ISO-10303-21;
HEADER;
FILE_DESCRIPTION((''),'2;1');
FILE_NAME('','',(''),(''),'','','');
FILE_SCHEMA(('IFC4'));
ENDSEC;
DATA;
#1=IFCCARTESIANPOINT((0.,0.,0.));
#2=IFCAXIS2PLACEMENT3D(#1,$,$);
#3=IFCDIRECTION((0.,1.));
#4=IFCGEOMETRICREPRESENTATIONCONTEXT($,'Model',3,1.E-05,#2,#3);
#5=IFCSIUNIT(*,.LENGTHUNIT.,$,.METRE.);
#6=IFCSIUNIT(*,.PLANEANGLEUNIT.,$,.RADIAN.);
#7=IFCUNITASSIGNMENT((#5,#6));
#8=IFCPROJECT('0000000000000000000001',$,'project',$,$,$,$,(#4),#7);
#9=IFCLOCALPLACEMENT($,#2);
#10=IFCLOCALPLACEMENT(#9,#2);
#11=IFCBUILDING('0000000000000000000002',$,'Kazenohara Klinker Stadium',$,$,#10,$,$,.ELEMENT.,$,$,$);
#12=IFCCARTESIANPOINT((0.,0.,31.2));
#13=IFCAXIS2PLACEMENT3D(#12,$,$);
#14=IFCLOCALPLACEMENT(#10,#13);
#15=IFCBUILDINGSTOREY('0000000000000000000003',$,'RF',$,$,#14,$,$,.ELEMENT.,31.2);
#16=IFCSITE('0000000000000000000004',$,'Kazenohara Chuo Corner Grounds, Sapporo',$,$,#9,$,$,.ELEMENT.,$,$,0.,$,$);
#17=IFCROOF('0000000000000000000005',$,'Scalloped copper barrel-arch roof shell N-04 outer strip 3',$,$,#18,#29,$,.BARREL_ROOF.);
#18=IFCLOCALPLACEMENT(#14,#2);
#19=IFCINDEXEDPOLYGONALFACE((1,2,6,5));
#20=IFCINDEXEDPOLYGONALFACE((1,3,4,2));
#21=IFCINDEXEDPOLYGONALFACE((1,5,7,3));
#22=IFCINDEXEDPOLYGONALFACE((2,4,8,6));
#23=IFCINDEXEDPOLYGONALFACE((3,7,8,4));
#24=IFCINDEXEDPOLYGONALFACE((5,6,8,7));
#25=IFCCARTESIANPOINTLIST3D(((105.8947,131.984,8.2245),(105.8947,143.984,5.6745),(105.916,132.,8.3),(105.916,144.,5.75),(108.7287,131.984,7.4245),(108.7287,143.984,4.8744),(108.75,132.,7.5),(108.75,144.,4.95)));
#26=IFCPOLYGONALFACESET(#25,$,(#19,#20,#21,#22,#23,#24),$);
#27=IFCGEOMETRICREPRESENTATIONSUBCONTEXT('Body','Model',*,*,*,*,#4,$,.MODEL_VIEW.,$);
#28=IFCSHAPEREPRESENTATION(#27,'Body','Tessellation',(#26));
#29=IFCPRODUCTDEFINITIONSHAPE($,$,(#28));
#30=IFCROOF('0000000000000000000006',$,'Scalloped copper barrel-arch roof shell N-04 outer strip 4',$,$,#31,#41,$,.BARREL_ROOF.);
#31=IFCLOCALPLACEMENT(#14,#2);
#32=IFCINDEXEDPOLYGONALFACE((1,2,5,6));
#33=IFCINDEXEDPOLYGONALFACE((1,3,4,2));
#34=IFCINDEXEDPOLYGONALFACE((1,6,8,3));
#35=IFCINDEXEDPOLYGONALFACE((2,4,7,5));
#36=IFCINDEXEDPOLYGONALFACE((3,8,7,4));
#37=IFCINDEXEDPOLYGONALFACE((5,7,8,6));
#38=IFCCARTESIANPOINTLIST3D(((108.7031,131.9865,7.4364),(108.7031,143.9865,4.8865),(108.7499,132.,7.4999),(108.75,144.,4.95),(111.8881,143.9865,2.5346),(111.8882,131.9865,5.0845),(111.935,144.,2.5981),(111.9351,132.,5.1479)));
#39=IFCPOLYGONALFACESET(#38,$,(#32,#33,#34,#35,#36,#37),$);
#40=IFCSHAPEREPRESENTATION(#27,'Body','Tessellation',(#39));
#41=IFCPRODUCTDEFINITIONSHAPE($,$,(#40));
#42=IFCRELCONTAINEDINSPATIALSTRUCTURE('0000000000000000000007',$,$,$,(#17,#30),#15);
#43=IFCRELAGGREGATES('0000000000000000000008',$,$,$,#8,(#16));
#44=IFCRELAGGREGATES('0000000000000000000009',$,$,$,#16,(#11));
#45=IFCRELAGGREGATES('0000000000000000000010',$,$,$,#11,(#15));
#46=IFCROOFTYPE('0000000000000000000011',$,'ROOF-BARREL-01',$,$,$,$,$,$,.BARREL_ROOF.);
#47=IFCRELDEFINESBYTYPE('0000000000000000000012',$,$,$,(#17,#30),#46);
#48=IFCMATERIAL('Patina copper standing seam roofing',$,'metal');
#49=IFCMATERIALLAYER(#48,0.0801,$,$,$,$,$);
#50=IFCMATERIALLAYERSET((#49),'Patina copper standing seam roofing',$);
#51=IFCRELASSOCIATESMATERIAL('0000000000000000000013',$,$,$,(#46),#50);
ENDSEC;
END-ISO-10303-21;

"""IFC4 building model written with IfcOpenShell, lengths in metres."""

from ifc_helpers import new_model, si_unit, direction, frame, origin, place, context, subcontext, project, spatial, polyline, outline, extrude, material, layer, layer_set, type_object, element, save


model = new_model("IFC4")

# Units and contexts
model_context = context("Model", 3, precision=1e-05, world=origin(), true_north=direction((0.0, 1.0)))
body_context = subcontext(model_context, "Body", "Model", "MODEL_VIEW")
ifc_project = project(units=[si_unit("LENGTHUNIT", "METRE"), si_unit("PLANEANGLEUNIT", "RADIAN")], contexts=[model_context])

# Site, building, storey
site_placement = place(None, origin())
site = spatial("IfcSite", under=ifc_project, at=site_placement, Name="Kazenohara Chuo Corner Grounds, Sapporo", CompositionType="ELEMENT", RefElevation=0.0)
building_placement = place(site_placement, origin())
building = spatial("IfcBuilding", under=site, at=building_placement, Name="Kazenohara Klinker Stadium", CompositionType="ELEMENT")
storey_placement = place(building_placement, frame((0.0, 0.0, 31.2)))
storey = spatial("IfcBuildingStorey", under=building, at=storey_placement, Name="RF", CompositionType="ELEMENT", Elevation=31.2)

# Roofs
ifc_material_1 = material(Name="Patina copper standing seam roofing", Category="metal")
ifc_layer_1 = layer(ifc_material_1, 0.0801)
ifc_layer_set_1 = layer_set([ifc_layer_1], Name="Patina copper standing seam roofing")
roof_type = type_object("IfcRoofType", Name="ROOF-BARREL-01", PredefinedType="BARREL_ROOF", material=ifc_layer_set_1)
roof_1_placement = place(storey_placement, frame((105.916, 144.0, 5.75), z_axis=(0.266177, 0.200364, 0.94287), x_axis=(0.0, -0.978158, 0.207863)))
element("IfcRoof", 1, at=roof_1_placement, inside=storey, type_object=roof_type, Name="Scalloped copper barrel-arch roof shell N-04 outer strip 3", PredefinedType="BARREL_ROOF", context=body_context, shape_type="SweptSolid", body=[
    extrude(outline(polyline([(0.0, 0.0), (12.268, 0.0), (12.1017, 2.94), (-0.1663, 2.94), (0.0, 0.0)])), origin(), (0.0, 0.0, -1.0), 0.0801),
])
roof_2_placement = place(storey_placement, frame((108.75, 144.0, 4.95), z_axis=(0.585531, 0.168496, 0.792945), x_axis=(-0.000005, -0.978159, 0.207856)))
element("IfcRoof", 2, at=roof_2_placement, inside=storey, type_object=roof_type, Name="Scalloped copper barrel-arch roof shell N-04 outer strip 4", PredefinedType="BARREL_ROOF", context=body_context, shape_type="SweptSolid", body=[
    extrude(outline(polyline([(0.0, 0.0), (12.268, 0.0), (11.7791, 3.9291), (-0.4889, 3.9289), (0.0, 0.0)])), origin(), (0.0, 0.0, -1.0), 0.0801),
])

save(model, "model.ifc")
